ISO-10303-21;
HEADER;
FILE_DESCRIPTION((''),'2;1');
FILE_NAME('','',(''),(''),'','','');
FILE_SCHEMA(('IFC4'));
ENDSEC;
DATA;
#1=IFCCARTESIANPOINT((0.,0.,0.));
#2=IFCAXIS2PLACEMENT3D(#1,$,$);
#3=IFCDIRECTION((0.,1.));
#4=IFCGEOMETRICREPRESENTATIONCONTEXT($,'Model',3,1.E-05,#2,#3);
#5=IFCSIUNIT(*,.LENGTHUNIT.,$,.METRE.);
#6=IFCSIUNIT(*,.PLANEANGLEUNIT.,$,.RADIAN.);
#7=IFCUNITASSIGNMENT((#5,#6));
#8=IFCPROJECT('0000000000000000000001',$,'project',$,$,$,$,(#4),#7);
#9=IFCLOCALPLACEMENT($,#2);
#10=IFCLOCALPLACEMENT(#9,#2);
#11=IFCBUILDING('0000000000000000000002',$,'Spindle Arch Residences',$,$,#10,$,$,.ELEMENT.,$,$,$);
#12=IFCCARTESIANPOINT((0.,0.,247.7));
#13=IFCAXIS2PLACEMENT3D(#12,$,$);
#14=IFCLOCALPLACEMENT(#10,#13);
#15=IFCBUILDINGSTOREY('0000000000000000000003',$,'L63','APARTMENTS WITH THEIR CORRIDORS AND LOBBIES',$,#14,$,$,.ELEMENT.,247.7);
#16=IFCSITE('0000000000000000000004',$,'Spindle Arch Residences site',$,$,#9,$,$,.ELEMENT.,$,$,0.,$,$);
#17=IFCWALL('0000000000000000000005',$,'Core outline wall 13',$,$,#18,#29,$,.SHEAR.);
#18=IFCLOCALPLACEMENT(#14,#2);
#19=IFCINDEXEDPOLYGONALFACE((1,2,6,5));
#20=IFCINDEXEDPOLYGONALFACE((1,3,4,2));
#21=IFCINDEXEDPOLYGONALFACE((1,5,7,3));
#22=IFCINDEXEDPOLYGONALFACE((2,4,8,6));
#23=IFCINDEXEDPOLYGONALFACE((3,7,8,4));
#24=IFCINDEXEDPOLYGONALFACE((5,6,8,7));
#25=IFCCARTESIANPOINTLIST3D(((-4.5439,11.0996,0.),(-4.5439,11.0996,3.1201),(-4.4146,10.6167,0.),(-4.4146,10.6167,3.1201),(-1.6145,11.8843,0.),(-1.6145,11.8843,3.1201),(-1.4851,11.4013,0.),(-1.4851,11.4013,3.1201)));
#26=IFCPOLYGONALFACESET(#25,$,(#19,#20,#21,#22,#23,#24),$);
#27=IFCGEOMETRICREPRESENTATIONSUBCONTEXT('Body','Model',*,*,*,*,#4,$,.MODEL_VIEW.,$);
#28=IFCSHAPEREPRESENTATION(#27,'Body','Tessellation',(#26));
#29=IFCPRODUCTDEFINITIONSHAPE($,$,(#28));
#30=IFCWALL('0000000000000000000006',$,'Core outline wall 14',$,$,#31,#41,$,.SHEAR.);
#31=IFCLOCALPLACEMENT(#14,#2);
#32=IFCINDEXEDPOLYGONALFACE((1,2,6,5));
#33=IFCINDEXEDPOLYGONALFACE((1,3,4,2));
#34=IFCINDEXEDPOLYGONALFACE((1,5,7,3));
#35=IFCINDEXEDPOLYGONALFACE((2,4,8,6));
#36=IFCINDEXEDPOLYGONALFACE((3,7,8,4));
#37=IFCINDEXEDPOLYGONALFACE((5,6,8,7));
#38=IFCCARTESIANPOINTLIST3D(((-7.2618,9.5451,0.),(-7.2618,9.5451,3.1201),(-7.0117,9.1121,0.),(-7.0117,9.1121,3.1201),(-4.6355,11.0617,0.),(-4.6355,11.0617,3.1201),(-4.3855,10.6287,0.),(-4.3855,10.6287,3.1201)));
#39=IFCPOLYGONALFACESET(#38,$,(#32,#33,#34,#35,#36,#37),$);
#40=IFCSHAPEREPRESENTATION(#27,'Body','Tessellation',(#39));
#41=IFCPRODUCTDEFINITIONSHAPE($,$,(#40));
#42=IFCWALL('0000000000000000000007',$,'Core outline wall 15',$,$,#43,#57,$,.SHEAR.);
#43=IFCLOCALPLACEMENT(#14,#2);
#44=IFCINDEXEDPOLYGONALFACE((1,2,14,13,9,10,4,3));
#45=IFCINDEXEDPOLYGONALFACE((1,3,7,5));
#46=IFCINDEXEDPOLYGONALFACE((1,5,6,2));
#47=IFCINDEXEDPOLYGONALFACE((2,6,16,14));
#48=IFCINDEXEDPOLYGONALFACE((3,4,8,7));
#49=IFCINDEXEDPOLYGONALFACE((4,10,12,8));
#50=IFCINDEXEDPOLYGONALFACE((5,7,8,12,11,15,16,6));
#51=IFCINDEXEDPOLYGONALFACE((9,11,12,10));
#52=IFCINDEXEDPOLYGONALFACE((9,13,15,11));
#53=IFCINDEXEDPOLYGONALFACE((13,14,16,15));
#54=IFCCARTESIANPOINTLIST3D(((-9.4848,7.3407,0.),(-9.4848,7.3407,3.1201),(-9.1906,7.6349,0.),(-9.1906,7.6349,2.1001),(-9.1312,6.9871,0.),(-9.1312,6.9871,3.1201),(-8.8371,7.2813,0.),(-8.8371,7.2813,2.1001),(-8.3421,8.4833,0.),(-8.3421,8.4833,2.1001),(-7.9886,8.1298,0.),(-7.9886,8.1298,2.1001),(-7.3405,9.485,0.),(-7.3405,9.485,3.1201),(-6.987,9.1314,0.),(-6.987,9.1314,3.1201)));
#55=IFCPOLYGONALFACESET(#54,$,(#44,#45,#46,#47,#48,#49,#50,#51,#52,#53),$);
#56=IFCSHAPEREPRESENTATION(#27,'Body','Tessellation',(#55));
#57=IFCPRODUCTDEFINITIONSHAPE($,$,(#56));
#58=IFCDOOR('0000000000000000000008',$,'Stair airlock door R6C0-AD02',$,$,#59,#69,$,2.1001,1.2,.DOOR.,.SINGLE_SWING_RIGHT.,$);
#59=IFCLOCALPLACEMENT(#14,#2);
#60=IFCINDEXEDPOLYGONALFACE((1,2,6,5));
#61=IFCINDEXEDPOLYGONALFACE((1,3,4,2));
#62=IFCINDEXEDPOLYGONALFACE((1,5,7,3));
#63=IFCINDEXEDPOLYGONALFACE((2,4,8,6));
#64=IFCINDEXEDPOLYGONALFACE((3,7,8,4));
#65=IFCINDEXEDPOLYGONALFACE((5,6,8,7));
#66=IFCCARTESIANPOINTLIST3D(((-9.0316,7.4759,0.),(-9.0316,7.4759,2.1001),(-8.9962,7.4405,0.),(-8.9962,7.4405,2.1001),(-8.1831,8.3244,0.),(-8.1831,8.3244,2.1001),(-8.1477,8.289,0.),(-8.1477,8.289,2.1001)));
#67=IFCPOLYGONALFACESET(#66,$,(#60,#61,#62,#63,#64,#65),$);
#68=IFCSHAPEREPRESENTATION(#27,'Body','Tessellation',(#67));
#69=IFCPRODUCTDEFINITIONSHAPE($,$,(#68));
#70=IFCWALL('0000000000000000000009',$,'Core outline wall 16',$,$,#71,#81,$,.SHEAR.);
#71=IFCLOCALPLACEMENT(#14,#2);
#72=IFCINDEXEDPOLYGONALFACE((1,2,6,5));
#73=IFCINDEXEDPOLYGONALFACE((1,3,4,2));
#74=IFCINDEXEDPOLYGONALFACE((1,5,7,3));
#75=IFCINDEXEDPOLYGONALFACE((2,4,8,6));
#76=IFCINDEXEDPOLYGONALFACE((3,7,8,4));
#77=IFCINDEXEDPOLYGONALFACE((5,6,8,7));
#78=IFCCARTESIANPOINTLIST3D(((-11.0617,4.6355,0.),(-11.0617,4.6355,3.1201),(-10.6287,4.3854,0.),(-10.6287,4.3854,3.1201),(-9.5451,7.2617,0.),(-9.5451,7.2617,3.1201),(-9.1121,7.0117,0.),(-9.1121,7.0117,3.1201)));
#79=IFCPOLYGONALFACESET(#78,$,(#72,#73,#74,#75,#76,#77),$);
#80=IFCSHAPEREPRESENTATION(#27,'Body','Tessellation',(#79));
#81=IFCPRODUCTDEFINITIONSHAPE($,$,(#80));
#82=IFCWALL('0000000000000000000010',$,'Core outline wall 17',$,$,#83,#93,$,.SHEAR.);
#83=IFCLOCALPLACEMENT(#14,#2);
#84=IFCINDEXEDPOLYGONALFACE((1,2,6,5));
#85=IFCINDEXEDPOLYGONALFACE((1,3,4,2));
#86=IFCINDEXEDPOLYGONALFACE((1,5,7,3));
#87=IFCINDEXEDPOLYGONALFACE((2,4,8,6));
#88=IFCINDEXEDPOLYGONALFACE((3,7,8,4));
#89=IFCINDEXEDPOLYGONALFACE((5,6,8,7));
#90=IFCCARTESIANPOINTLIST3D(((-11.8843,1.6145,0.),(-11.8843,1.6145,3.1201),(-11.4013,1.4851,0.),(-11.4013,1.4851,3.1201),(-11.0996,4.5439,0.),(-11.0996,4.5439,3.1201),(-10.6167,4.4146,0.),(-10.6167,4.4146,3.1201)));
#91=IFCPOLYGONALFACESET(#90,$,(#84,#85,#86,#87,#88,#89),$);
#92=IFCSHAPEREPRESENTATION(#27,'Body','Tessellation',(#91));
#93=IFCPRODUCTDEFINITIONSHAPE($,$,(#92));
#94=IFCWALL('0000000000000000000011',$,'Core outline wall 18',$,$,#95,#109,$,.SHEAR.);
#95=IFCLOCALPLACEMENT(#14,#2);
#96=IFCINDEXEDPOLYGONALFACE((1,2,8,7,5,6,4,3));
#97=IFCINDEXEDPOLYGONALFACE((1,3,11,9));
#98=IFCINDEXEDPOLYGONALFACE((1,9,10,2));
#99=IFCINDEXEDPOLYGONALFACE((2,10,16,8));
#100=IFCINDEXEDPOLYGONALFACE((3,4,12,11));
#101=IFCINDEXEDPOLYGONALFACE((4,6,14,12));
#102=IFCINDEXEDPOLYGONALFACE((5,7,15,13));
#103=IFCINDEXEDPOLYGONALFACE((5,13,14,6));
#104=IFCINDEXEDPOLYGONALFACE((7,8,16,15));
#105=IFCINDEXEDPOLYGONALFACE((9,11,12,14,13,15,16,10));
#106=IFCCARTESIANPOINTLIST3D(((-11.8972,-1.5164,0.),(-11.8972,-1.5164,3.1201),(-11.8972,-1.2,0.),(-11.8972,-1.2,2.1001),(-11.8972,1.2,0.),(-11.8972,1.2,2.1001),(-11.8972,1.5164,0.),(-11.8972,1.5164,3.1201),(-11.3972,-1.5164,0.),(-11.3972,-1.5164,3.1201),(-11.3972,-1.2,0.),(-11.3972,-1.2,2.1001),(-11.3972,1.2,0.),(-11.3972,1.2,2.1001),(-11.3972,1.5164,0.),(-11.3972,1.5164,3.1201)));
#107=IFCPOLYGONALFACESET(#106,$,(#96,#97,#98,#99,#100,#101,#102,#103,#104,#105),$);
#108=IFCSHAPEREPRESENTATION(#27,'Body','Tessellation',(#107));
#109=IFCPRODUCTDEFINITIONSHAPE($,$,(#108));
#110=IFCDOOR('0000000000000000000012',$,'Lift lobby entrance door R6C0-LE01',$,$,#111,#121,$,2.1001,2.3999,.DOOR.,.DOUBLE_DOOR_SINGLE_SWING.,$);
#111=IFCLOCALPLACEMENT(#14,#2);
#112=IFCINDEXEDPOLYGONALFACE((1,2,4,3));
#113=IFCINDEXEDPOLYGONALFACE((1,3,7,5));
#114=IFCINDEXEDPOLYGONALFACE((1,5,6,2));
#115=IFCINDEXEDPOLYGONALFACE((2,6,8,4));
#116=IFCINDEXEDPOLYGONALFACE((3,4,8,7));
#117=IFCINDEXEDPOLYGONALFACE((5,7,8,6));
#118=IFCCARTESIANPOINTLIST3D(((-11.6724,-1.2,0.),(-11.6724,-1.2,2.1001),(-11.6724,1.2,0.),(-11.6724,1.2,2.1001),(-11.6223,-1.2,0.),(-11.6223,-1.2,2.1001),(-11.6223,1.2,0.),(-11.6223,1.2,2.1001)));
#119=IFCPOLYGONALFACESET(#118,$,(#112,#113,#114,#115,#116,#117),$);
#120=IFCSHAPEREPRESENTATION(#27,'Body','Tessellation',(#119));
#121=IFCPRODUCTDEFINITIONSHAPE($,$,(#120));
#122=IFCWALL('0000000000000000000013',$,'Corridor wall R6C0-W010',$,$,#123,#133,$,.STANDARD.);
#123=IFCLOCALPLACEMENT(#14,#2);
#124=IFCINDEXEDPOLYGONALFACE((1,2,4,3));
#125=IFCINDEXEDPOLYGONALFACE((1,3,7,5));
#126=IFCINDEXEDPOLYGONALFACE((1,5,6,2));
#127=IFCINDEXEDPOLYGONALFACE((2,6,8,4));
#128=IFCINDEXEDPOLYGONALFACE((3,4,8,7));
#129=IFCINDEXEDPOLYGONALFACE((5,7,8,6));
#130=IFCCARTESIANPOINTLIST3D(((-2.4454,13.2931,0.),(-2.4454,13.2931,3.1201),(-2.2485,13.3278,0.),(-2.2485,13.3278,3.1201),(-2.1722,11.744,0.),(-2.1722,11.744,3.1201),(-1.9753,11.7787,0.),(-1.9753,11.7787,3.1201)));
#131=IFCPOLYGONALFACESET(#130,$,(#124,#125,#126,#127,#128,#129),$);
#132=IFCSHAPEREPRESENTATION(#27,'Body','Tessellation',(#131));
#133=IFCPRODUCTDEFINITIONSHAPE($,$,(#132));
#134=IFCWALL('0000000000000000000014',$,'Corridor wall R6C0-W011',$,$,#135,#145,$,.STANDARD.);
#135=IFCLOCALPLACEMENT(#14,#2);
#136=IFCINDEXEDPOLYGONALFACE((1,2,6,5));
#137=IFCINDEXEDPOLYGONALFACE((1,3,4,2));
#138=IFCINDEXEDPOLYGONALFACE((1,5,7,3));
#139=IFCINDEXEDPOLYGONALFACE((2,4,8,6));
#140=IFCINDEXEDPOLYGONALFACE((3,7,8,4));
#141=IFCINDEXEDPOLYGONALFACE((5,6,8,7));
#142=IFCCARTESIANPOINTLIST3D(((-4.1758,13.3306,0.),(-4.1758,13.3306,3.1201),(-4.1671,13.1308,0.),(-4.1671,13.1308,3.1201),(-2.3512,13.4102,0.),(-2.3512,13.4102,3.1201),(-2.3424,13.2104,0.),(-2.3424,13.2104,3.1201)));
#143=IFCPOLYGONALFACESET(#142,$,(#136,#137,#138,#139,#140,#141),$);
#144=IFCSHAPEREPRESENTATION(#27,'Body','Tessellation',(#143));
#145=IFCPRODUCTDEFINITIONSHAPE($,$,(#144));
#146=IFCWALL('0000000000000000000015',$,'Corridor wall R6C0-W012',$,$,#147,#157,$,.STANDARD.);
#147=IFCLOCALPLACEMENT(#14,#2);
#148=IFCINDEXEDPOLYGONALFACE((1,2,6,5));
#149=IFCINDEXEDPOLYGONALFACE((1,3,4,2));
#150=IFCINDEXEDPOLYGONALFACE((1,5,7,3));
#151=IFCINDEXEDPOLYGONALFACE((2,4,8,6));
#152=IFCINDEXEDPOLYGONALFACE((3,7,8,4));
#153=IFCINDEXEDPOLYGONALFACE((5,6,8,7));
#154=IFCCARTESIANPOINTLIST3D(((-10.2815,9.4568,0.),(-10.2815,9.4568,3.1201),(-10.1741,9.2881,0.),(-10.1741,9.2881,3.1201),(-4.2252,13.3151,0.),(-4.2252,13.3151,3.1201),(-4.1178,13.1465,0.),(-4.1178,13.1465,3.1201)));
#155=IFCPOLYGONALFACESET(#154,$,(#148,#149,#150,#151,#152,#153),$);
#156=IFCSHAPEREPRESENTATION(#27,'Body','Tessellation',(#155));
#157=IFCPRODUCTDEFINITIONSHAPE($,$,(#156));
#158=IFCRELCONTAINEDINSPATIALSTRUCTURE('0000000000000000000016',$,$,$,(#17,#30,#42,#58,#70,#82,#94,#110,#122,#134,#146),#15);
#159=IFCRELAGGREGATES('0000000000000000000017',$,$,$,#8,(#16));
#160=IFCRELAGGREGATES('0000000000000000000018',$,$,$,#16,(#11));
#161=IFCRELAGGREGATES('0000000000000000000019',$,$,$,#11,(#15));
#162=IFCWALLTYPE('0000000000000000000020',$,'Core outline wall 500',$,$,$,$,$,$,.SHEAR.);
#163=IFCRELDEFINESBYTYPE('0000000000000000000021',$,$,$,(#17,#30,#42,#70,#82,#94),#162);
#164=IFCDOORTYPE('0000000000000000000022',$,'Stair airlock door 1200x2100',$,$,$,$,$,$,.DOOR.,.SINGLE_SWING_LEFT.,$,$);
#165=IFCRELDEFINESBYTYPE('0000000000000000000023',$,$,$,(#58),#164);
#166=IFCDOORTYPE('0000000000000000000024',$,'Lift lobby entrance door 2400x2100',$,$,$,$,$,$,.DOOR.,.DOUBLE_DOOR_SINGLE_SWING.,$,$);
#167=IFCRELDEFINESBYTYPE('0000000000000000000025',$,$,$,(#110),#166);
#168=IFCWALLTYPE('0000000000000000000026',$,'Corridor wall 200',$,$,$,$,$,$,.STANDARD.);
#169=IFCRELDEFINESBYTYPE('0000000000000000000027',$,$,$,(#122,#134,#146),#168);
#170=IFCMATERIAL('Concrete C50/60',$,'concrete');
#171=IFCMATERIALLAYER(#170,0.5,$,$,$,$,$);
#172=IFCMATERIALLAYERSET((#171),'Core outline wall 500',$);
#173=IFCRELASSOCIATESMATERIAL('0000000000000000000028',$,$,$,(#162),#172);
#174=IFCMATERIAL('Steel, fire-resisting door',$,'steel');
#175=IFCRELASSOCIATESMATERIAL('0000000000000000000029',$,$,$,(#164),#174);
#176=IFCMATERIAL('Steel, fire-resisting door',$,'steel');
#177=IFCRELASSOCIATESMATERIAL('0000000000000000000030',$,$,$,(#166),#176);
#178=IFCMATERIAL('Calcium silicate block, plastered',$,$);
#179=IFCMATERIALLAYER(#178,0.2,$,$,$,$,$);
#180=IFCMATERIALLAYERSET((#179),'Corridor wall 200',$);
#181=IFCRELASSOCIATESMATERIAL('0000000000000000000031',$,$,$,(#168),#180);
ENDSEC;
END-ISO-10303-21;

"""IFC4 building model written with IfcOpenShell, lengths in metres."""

from ifc_helpers import new_model, si_unit, direction, frame, frame_2d, origin, place, context, subcontext, project, spatial, rectangle, extrude, material, layer, layer_set, type_object, element, fill, save


model = new_model("IFC4")

# Units and contexts
model_context = context("Model", 3, precision=1e-05, world=origin(), true_north=direction((0.0, 1.0)))
body_context = subcontext(model_context, "Body", "Model", "MODEL_VIEW")
ifc_project = project(units=[si_unit("LENGTHUNIT", "METRE"), si_unit("PLANEANGLEUNIT", "RADIAN")], contexts=[model_context])

# Site, building, storey
site_placement = place(None, origin())
site = spatial("IfcSite", under=ifc_project, at=site_placement, Name="Spindle Arch Residences site", CompositionType="ELEMENT", RefElevation=0.0)
building_placement = place(site_placement, origin())
building = spatial("IfcBuilding", under=site, at=building_placement, Name="Spindle Arch Residences", CompositionType="ELEMENT")
storey_placement = place(building_placement, frame((0.0, 0.0, 247.7)))
storey = spatial("IfcBuildingStorey", under=building, at=storey_placement, Name="L63", Description="APARTMENTS WITH THEIR CORRIDORS AND LOBBIES", CompositionType="ELEMENT", Elevation=247.7)

# Walls
ifc_material_1 = material(Name="Concrete C50/60", Category="concrete")
ifc_layer_1 = layer(ifc_material_1, 0.5)
ifc_layer_set_1 = layer_set([ifc_layer_1], Name="Core outline wall 500")
wall_type_1 = type_object("IfcWallType", Name="Core outline wall 500", PredefinedType="SHEAR", material=ifc_layer_set_1)
for number, where, z_axis, x_axis, name in (
    (1, (-1.5498, 11.6428, 0.0), (0.0, 0.0, 1.0), (-0.965948, -0.258735, 0.0), "Core outline wall 13"),
    (2, (-4.5105, 10.8452, 0.0), (0.0, 0.0, 1.0), (-0.865975, -0.500087, 0.0), "Core outline wall 14"),
):
    element("IfcWall", number, at=place(storey_placement, frame(where, z_axis=z_axis, x_axis=x_axis)), inside=storey, type_object=wall_type_1, Name=name, PredefinedType="SHEAR", context=body_context, shape_type="SweptSolid", body=[
        extrude(rectangle(XDim=3.0327, YDim=0.5, at=frame_2d((1.5164, 0.0))), origin(), (0.0, 0.0, 1.0), 3.1201),
    ])

# Wall, opening, door
wall_1_placement = place(storey_placement, frame((-7.1638, 9.3081, 0.0), z_axis=(0.0, 0.0, 1.0), x_axis=(-0.707107, -0.707107, 0.0)))
wall_1 = element("IfcWall", 3, at=wall_1_placement, inside=storey, type_object=wall_type_1, Name="Core outline wall 15", PredefinedType="SHEAR", context=body_context, shape_type="SweptSolid", body=[
    extrude(rectangle(XDim=3.0325, YDim=0.5, at=frame_2d((1.5161, 0.0))), origin(), (0.0, 0.0, 1.0), 3.1201),
])
opening_1_placement = place(wall_1_placement, frame((1.4163, 0.0, 0.0)))
opening_1 = element("IfcOpeningElement", 4, at=opening_1_placement, cuts=wall_1, PredefinedType="OPENING", context=body_context, shape_type="SweptSolid", body=[
    extrude(rectangle(XDim=1.2, YDim=2.1001, at=frame_2d((0.6001, 1.05))), frame((0.0, 0.26, 0.0), z_axis=(0.0, -1.0, 0.0), x_axis=(1.0, 0.0, 0.0)), (0.0, 0.0, 1.0), 0.52),
])
ifc_material_2 = material(Name="Steel, fire-resisting door", Category="steel")
door_type_1 = type_object("IfcDoorType", Name="Stair airlock door 1200x2100", OperationType="SINGLE_SWING_LEFT", PredefinedType="DOOR", material=ifc_material_2)
door_1_placement = place(opening_1_placement, origin())
door_1 = element("IfcDoor", 5, at=door_1_placement, inside=storey, type_object=door_type_1, Name="Stair airlock door R6C0-AD02", OperationType="SINGLE_SWING_RIGHT", OverallHeight=2.1001, OverallWidth=1.2, PredefinedType="DOOR", context=body_context, shape_type="SweptSolid", body=[
    extrude(rectangle(XDim=1.2, YDim=2.1001, at=frame_2d((0.6001, 1.05))), frame((0.0, 0.0249, 0.0), z_axis=(0.0, -1.0, 0.0), x_axis=(1.0, 0.0, 0.0)), (0.0, 0.0, 1.0), 0.05),
])
fill(opening_1, door_1)

# Walls
for number, where, z_axis, x_axis, name in (
    (6, (-9.3286, 7.1367, 0.0), (0.0, 0.0, 1.0), (-0.500087, -0.865975, 0.0), "Core outline wall 16"),
    (7, (-10.8582, 4.4792, 0.0), (0.0, 0.0, 1.0), (-0.258735, -0.965948, 0.0), "Core outline wall 17"),
):
    element("IfcWall", number, at=place(storey_placement, frame(where, z_axis=z_axis, x_axis=x_axis)), inside=storey, type_object=wall_type_1, Name=name, PredefinedType="SHEAR", context=body_context, shape_type="SweptSolid", body=[
        extrude(rectangle(XDim=3.0327, YDim=0.5, at=frame_2d((1.5164, 0.0))), origin(), (0.0, 0.0, 1.0), 3.1201),
    ])

# Wall, opening, door
wall_2_placement = place(storey_placement, frame((-11.6472, 1.5164, 0.0), z_axis=(0.0, 0.0, 1.0), x_axis=(0.0, -1.0, 0.0)))
wall_2 = element("IfcWall", 8, at=wall_2_placement, inside=storey, type_object=wall_type_1, Name="Core outline wall 18", PredefinedType="SHEAR", context=body_context, shape_type="SweptSolid", body=[
    extrude(rectangle(XDim=3.0327, YDim=0.5, at=frame_2d((1.5164, 0.0))), origin(), (0.0, 0.0, 1.0), 3.1201),
])
opening_2_placement = place(wall_2_placement, frame((0.3164, 0.0, 0.0)))
opening_2 = element("IfcOpeningElement", 9, at=opening_2_placement, cuts=wall_2, PredefinedType="OPENING", context=body_context, shape_type="SweptSolid", body=[
    extrude(rectangle(XDim=2.3999, YDim=2.1001, at=frame_2d((1.2, 1.05))), frame((0.0, 0.26, 0.0), z_axis=(0.0, -1.0, 0.0), x_axis=(1.0, 0.0, 0.0)), (0.0, 0.0, 1.0), 0.52),
])
ifc_material_3 = material(Name="Steel, fire-resisting door", Category="steel")
door_type_2 = type_object("IfcDoorType", Name="Lift lobby entrance door 2400x2100", OperationType="DOUBLE_DOOR_SINGLE_SWING", PredefinedType="DOOR", material=ifc_material_3)
door_2_placement = place(opening_2_placement, origin())
door_2 = element("IfcDoor", 10, at=door_2_placement, inside=storey, type_object=door_type_2, Name="Lift lobby entrance door R6C0-LE01", OperationType="DOUBLE_DOOR_SINGLE_SWING", OverallHeight=2.1001, OverallWidth=2.3999, PredefinedType="DOOR", context=body_context, shape_type="SweptSolid", body=[
    extrude(rectangle(XDim=2.3999, YDim=2.1001, at=frame_2d((1.2, 1.05))), frame((0.0, 0.0249, 0.0), z_axis=(0.0, -1.0, 0.0), x_axis=(1.0, 0.0, 0.0)), (0.0, 0.0, 1.0), 0.05),
])
fill(opening_2, door_2)

# Walls
ifc_material_4 = material(Name="Calcium silicate block, plastered")
ifc_layer_2 = layer(ifc_material_4, 0.2)
ifc_layer_set_2 = layer_set([ifc_layer_2], Name="Corridor wall 200")
wall_type_2 = type_object("IfcWallType", Name="Corridor wall 200", PredefinedType="STANDARD", material=ifc_layer_set_2)
wall_3_placement = place(storey_placement, frame((-2.0737, 11.7612, 0.0), z_axis=(0.0, 0.0, 1.0), x_axis=(-0.173679, 0.984802, 0.0)))
element("IfcWall", 11, at=wall_3_placement, inside=storey, type_object=wall_type_2, Name="Corridor wall R6C0-W010", PredefinedType="STANDARD", context=body_context, shape_type="SweptSolid", body=[
    extrude(rectangle(XDim=1.573, YDim=0.2, at=frame_2d((0.7866, 0.0))), origin(), (0.0, 0.0, 1.0), 3.1201),
])
wall_4_placement = place(storey_placement, frame((-2.3469, 13.3103, 0.0), z_axis=(0.0, 0.0, 1.0), x_axis=(-0.99905, -0.043576, 0.0)))
element("IfcWall", 12, at=wall_4_placement, inside=storey, type_object=wall_type_2, Name="Corridor wall R6C0-W011", PredefinedType="STANDARD", context=body_context, shape_type="SweptSolid", body=[
    extrude(rectangle(XDim=1.8264, YDim=0.2, at=frame_2d((0.9131, 0.0))), origin(), (0.0, 0.0, 1.0), 3.1201),
])
wall_5_placement = place(storey_placement, frame((-4.1716, 13.2307, 0.0), z_axis=(0.0, 0.0, 1.0), x_axis=(-0.843388, -0.537304, 0.0)))
element("IfcWall", 13, at=wall_5_placement, inside=storey, type_object=wall_type_2, Name="Corridor wall R6C0-W012", PredefinedType="STANDARD", context=body_context, shape_type="SweptSolid", body=[
    extrude(rectangle(XDim=7.1809, YDim=0.2, at=frame_2d((3.5903, 0.0))), origin(), (0.0, 0.0, 1.0), 3.1201),
])

save(model, "model.ifc")
